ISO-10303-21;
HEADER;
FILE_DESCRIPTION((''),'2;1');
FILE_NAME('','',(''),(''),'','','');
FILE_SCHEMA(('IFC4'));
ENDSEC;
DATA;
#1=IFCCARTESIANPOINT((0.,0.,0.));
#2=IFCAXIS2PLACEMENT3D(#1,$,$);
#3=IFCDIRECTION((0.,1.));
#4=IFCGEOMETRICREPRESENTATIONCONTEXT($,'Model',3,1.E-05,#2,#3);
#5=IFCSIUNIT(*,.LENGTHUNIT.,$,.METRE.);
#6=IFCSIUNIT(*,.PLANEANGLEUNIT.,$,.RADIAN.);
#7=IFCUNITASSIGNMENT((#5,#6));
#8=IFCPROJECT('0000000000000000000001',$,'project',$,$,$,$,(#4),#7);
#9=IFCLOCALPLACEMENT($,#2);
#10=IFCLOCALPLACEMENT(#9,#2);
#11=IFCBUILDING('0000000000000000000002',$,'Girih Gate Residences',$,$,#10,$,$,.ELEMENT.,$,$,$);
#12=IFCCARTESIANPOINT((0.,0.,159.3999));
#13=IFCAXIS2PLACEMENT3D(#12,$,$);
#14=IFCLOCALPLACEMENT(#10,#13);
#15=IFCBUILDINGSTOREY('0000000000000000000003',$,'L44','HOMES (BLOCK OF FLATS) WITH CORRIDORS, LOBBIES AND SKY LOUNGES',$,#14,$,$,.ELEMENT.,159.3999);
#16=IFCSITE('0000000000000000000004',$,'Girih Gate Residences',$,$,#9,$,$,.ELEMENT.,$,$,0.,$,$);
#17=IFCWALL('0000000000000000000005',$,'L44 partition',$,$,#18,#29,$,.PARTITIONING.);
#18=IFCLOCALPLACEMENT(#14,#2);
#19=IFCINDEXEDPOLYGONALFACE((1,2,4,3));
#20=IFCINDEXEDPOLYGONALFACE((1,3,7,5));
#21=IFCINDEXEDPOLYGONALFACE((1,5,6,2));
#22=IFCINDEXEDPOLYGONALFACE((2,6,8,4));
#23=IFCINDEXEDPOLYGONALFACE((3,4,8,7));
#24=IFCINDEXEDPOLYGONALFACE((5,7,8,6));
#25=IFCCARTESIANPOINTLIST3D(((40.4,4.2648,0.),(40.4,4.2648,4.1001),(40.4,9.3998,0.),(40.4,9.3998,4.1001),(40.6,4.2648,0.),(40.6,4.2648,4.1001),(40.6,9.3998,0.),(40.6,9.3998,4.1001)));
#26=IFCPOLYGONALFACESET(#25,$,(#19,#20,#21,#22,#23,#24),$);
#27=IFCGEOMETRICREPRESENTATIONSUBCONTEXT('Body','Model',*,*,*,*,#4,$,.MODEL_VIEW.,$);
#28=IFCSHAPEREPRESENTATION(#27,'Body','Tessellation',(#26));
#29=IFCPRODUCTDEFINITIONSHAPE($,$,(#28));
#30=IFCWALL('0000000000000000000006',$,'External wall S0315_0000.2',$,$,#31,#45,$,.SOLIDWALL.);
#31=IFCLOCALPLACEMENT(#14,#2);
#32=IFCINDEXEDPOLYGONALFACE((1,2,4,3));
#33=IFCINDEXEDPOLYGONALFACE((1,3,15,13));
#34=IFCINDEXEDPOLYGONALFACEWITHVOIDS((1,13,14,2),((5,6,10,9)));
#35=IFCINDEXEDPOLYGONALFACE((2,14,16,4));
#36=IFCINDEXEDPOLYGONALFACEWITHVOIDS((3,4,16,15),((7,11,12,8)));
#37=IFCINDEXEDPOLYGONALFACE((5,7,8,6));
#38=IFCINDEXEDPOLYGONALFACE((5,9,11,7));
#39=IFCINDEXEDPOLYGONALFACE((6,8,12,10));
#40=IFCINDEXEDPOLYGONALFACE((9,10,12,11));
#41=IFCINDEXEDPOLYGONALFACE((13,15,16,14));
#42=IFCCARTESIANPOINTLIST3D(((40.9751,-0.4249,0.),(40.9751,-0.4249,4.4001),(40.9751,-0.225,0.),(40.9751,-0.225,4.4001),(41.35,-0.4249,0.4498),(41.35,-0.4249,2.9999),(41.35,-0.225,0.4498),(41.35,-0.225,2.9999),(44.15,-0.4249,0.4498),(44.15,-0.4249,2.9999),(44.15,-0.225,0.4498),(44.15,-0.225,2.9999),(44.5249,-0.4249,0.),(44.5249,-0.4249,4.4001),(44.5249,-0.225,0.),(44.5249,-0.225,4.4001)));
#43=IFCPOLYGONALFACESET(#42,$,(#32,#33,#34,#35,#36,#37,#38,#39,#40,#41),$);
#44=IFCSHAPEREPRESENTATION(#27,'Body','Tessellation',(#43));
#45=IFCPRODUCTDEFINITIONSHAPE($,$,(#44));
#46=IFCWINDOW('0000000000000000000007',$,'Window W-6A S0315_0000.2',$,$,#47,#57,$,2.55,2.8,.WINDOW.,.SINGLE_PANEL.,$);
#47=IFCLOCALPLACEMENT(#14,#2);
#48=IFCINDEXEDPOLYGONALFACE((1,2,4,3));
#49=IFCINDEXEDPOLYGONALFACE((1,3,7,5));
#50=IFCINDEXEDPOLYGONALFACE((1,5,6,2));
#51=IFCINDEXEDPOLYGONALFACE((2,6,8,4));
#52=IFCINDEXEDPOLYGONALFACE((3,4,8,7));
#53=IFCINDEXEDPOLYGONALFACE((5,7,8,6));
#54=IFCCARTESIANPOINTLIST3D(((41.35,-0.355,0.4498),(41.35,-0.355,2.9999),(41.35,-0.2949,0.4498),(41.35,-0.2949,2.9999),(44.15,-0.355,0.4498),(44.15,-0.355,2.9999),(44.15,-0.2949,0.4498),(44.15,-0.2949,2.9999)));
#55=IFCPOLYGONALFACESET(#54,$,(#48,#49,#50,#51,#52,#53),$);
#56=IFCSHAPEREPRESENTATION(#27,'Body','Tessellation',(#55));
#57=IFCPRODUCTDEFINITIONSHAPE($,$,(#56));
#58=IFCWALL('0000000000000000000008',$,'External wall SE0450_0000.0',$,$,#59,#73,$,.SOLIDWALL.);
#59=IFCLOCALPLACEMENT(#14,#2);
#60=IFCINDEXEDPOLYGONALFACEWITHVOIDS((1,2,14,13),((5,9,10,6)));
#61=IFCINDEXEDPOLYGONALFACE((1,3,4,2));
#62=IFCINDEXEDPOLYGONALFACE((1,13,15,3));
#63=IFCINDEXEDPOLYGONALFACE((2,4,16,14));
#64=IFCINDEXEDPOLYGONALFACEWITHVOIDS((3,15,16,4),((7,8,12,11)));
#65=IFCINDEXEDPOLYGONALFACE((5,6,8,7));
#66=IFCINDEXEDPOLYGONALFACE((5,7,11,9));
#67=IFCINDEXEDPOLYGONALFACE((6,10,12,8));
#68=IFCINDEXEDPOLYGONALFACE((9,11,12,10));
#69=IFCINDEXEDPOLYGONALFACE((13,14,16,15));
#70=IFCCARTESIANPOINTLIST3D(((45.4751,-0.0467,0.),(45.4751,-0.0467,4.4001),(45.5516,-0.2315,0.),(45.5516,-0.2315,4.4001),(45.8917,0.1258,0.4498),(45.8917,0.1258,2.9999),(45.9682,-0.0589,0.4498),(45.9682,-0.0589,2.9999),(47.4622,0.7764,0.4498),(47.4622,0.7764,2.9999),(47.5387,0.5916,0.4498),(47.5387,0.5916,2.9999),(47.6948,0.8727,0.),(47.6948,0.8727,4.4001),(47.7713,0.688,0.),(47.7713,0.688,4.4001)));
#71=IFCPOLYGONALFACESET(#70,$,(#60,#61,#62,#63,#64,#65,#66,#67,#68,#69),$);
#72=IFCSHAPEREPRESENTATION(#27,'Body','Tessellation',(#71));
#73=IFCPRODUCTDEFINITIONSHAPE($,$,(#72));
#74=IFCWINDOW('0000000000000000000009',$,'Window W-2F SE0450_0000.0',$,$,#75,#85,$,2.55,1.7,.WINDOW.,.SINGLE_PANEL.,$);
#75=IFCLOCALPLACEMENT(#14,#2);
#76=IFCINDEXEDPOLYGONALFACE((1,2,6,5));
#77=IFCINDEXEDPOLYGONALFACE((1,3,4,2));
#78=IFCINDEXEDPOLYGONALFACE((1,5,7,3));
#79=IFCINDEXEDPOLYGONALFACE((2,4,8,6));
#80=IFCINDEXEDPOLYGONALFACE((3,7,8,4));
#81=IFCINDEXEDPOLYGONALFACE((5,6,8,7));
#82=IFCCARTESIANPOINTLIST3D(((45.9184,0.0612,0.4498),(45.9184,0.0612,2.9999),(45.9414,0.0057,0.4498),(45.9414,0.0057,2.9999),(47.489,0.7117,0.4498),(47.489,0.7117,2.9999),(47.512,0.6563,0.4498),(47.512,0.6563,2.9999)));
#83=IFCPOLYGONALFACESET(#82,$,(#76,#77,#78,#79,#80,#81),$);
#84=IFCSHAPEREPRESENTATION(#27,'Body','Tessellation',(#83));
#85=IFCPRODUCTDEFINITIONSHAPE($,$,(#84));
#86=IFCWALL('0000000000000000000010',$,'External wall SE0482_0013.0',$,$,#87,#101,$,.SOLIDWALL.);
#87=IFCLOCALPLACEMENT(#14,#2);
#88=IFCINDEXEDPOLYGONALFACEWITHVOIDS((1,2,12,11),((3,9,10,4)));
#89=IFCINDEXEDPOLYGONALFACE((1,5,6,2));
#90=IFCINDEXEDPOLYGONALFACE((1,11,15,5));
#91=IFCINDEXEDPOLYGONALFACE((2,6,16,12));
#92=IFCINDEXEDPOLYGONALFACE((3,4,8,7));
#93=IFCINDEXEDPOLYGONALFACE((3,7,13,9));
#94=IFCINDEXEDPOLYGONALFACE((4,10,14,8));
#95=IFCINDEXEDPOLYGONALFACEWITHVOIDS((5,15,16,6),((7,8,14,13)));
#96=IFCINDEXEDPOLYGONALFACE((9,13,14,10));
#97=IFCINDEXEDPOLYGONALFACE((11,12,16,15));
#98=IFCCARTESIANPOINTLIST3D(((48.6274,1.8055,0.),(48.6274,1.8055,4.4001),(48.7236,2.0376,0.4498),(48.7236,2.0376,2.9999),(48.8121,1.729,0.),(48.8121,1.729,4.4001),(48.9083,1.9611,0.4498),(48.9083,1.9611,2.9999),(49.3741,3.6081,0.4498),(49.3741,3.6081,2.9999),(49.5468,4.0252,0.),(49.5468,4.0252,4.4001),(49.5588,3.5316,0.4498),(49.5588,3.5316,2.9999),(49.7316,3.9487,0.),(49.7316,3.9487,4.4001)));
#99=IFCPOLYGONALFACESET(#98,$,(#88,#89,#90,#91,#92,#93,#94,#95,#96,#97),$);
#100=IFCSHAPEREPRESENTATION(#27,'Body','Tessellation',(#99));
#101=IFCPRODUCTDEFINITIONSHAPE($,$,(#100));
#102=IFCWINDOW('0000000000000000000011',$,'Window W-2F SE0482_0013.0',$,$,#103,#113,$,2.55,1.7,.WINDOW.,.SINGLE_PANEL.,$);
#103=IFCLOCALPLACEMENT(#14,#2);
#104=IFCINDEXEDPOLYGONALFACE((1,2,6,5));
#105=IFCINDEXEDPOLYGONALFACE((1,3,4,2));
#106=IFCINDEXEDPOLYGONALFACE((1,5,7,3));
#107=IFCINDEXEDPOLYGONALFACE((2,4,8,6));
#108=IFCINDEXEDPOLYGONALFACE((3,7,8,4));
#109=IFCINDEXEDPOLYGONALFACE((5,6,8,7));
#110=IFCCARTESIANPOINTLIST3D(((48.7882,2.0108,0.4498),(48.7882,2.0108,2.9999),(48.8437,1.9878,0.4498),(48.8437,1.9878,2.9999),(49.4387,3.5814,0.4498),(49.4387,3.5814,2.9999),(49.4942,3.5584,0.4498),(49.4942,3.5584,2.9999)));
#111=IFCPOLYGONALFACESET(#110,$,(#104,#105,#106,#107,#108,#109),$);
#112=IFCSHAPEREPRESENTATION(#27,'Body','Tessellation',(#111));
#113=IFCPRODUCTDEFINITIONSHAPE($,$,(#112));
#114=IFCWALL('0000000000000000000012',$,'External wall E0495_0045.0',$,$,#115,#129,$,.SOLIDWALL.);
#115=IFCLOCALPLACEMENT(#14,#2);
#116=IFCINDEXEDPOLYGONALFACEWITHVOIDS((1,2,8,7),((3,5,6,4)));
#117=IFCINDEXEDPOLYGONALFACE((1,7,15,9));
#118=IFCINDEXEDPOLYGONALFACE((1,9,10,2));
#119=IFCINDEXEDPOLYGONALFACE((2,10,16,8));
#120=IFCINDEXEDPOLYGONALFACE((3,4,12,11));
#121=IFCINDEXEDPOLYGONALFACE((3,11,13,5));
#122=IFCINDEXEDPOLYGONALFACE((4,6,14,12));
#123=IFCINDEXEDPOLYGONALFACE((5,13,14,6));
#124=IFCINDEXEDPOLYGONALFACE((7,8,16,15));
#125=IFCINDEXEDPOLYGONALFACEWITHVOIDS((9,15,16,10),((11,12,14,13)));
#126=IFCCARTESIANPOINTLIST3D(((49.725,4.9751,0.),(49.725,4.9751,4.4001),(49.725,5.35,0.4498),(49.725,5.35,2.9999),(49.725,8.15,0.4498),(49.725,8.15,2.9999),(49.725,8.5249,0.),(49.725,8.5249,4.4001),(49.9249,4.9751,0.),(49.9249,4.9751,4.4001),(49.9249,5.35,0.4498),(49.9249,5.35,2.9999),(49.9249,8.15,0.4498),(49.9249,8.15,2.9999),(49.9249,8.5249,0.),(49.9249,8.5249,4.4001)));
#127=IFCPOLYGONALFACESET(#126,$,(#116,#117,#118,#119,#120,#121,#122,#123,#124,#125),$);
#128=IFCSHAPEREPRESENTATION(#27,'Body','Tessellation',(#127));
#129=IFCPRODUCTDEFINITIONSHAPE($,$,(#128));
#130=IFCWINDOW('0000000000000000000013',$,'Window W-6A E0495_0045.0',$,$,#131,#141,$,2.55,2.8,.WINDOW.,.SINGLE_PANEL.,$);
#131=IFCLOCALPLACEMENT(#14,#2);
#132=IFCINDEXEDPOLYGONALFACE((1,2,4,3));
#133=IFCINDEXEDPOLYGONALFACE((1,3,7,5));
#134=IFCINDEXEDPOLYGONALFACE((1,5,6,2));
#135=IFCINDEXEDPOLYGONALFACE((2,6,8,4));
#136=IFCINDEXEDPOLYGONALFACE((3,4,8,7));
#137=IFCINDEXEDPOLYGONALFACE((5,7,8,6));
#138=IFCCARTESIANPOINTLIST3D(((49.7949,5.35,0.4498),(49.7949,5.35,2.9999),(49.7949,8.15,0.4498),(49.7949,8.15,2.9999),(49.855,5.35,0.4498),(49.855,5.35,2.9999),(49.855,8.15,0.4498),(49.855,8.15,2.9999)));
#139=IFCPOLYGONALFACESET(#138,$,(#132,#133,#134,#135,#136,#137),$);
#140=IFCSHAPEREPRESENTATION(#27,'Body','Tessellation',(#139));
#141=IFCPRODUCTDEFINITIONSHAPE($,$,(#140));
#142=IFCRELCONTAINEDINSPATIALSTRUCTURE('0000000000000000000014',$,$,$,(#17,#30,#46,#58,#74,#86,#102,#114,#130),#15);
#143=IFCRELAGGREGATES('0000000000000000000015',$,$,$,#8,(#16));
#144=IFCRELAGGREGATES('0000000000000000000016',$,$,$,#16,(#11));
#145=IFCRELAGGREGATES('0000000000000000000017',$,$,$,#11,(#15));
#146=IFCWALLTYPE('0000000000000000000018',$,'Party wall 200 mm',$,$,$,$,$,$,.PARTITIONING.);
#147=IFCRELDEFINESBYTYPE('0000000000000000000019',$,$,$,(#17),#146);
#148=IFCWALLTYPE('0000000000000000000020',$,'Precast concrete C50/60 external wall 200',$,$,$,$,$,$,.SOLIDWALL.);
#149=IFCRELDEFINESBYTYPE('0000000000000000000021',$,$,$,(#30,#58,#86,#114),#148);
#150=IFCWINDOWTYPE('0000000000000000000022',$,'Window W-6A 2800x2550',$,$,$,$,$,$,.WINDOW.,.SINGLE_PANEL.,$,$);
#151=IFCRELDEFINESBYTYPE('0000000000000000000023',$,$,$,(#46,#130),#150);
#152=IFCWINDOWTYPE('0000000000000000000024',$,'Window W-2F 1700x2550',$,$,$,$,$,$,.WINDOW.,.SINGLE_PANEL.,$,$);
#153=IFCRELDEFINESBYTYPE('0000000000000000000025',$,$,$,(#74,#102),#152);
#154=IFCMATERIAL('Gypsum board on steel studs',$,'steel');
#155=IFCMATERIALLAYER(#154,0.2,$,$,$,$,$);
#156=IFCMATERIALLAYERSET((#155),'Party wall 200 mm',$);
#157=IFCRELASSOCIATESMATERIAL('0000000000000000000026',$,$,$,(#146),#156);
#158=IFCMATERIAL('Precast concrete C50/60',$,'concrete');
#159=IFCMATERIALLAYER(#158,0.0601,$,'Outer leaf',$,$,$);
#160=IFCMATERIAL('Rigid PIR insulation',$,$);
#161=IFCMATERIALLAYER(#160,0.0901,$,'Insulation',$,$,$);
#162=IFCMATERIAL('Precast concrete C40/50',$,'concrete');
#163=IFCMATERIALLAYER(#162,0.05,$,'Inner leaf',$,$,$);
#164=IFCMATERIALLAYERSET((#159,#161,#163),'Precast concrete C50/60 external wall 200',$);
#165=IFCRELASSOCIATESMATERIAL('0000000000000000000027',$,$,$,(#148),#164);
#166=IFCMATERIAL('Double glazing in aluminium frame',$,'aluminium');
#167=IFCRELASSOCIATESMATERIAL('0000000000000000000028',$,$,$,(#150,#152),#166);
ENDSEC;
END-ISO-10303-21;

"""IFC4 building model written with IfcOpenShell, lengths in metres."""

from ifc_helpers import new_model, si_unit, direction, frame, frame_2d, origin, place, context, subcontext, project, spatial, rectangle, extrude, material, layer, layer_set, type_object, element, fill, save


model = new_model("IFC4")

# Units and contexts
model_context = context("Model", 3, precision=1e-05, world=origin(), true_north=direction((0.0, 1.0)))
body_context = subcontext(model_context, "Body", "Model", "MODEL_VIEW")
ifc_project = project(units=[si_unit("LENGTHUNIT", "METRE"), si_unit("PLANEANGLEUNIT", "RADIAN")], contexts=[model_context])

# Site, building, storey
site_placement = place(None, origin())
site = spatial("IfcSite", under=ifc_project, at=site_placement, Name="Girih Gate Residences", CompositionType="ELEMENT", RefElevation=0.0)
building_placement = place(site_placement, origin())
building = spatial("IfcBuilding", under=site, at=building_placement, Name="Girih Gate Residences", CompositionType="ELEMENT")
storey_placement = place(building_placement, frame((0.0, 0.0, 159.3999)))
storey = spatial("IfcBuildingStorey", under=building, at=storey_placement, Name="L44", Description="HOMES (BLOCK OF FLATS) WITH CORRIDORS, LOBBIES AND SKY LOUNGES", CompositionType="ELEMENT", Elevation=159.3999)

# Shared definitions
ifc_material_1 = material(Name="Gypsum board on steel studs", Category="steel")

# Wall
ifc_layer_1 = layer(ifc_material_1, 0.2)
ifc_layer_set_1 = layer_set([ifc_layer_1], Name="Party wall 200 mm")
wall_type_1 = type_object("IfcWallType", Name="Party wall 200 mm", PredefinedType="PARTITIONING", material=ifc_layer_set_1)
wall_1_placement = place(storey_placement, frame((40.5, 4.2649, 0.0), z_axis=(0.0, 0.0, 1.0), x_axis=(0.0, 1.0, 0.0)))
element("IfcWall", 1, at=wall_1_placement, inside=storey, type_object=wall_type_1, Name="L44 partition", PredefinedType="PARTITIONING", context=body_context, shape_type="SweptSolid", body=[
    extrude(rectangle(XDim=5.135, YDim=0.2, at=frame_2d((2.5674, 0.0))), origin(), (0.0, 0.0, 1.0), 4.1001),
])

# Walls, openings, windows
ifc_material_2 = material(Name="Precast concrete C50/60", Category="concrete")
ifc_layer_2 = layer(ifc_material_2, 0.0601, Name="Outer leaf")
ifc_material_3 = material(Name="Rigid PIR insulation")
ifc_layer_3 = layer(ifc_material_3, 0.0901, Name="Insulation")
ifc_material_4 = material(Name="Precast concrete C40/50", Category="concrete")
ifc_layer_4 = layer(ifc_material_4, 0.05, Name="Inner leaf")
ifc_layer_set_2 = layer_set([ifc_layer_2, ifc_layer_3, ifc_layer_4], Name="Precast concrete C50/60 external wall 200")
wall_type_2 = type_object("IfcWallType", Name="Precast concrete C50/60 external wall 200", PredefinedType="SOLIDWALL", material=ifc_layer_set_2)
wall_2_placement = place(storey_placement, frame((44.5249, -0.325, 0.0), z_axis=(0.0, 0.0, 1.0), x_axis=(-1.0, 0.0, 0.0)))
wall_2 = element("IfcWall", 2, at=wall_2_placement, inside=storey, type_object=wall_type_2, Name="External wall S0315_0000.2", PredefinedType="SOLIDWALL", context=body_context, shape_type="SweptSolid", body=[
    extrude(rectangle(XDim=3.5498, YDim=0.2, at=frame_2d((1.7749, 0.0))), origin(), (0.0, 0.0, 1.0), 4.4001),
])
opening_1_placement = place(wall_2_placement, frame((0.375, 0.0, 0.45)))
opening_1 = element("IfcOpeningElement", 3, at=opening_1_placement, cuts=wall_2, PredefinedType="OPENING", context=body_context, shape_type="SweptSolid", body=[
    extrude(rectangle(XDim=2.8, YDim=2.55, at=frame_2d((1.3999, 1.2749))), frame((0.0, 0.1099, 0.0), z_axis=(0.0, -1.0, 0.0), x_axis=(1.0, 0.0, 0.0)), (0.0, 0.0, 1.0), 0.22),
])
ifc_material_5 = material(Name="Double glazing in aluminium frame", Category="aluminium")
window_type_1 = type_object("IfcWindowType", Name="Window W-6A 2800x2550", PartitioningType="SINGLE_PANEL", PredefinedType="WINDOW", material=ifc_material_5)
window_1_placement = place(opening_1_placement, origin())
window_1 = element("IfcWindow", 4, at=window_1_placement, inside=storey, type_object=window_type_1, Name="Window W-6A S0315_0000.2", OverallHeight=2.55, OverallWidth=2.8, PartitioningType="SINGLE_PANEL", PredefinedType="WINDOW", context=body_context, shape_type="SweptSolid", body=[
    extrude(rectangle(XDim=2.8, YDim=2.55, at=frame_2d((1.3999, 1.2749))), frame((0.0, 0.03, 0.0), z_axis=(0.0, -1.0, 0.0), x_axis=(1.0, 0.0, 0.0)), (0.0, 0.0, 1.0), 0.0601),
])
fill(opening_1, window_1)
wall_3_placement = place(storey_placement, frame((47.7329, 0.7803, 0.0), z_axis=(0.0, 0.0, 1.0), x_axis=(-0.923881, -0.382681, 0.0)))
wall_3 = element("IfcWall", 5, at=wall_3_placement, inside=storey, type_object=wall_type_2, Name="External wall SE0450_0000.0", PredefinedType="SOLIDWALL", context=body_context, shape_type="SweptSolid", body=[
    extrude(rectangle(XDim=2.4026, YDim=0.2, at=frame_2d((1.2012, 0.0))), origin(), (0.0, 0.0, 1.0), 4.4001),
])
opening_2_placement = place(wall_3_placement, frame((0.2515, 0.0, 0.45)))
opening_2 = element("IfcOpeningElement", 6, at=opening_2_placement, cuts=wall_3, PredefinedType="OPENING", context=body_context, shape_type="SweptSolid", body=[
    extrude(rectangle(XDim=1.7, YDim=2.55, at=frame_2d((0.8501, 1.2749))), frame((0.0, 0.1099, 0.0), z_axis=(0.0, -1.0, 0.0), x_axis=(1.0, 0.0, 0.0)), (0.0, 0.0, 1.0), 0.22),
])
window_type_2 = type_object("IfcWindowType", Name="Window W-2F 1700x2550", PartitioningType="SINGLE_PANEL", PredefinedType="WINDOW", material=ifc_material_5)
window_2_placement = place(opening_2_placement, origin())
window_2 = element("IfcWindow", 7, at=window_2_placement, inside=storey, type_object=window_type_2, Name="Window W-2F SE0450_0000.0", OverallHeight=2.55, OverallWidth=1.7, PartitioningType="SINGLE_PANEL", PredefinedType="WINDOW", context=body_context, shape_type="SweptSolid", body=[
    extrude(rectangle(XDim=1.7, YDim=2.55, at=frame_2d((0.8501, 1.2749))), frame((0.0, 0.03, 0.0), z_axis=(0.0, -1.0, 0.0), x_axis=(1.0, 0.0, 0.0)), (0.0, 0.0, 1.0), 0.0601),
])
fill(opening_2, window_2)
wall_4_placement = place(storey_placement, frame((49.6392, 3.9868, 0.0), z_axis=(0.0, 0.0, 1.0), x_axis=(-0.382681, -0.923881, 0.0)))
wall_4 = element("IfcWall", 8, at=wall_4_placement, inside=storey, type_object=wall_type_2, Name="External wall SE0482_0013.0", PredefinedType="SOLIDWALL", context=body_context, shape_type="SweptSolid", body=[
    extrude(rectangle(XDim=2.4026, YDim=0.2, at=frame_2d((1.2012, 0.0))), origin(), (0.0, 0.0, 1.0), 4.4001),
])
opening_3_placement = place(wall_4_placement, frame((0.4512, 0.0, 0.45)))
opening_3 = element("IfcOpeningElement", 9, at=opening_3_placement, cuts=wall_4, PredefinedType="OPENING", context=body_context, shape_type="SweptSolid", body=[
    extrude(rectangle(XDim=1.7, YDim=2.55, at=frame_2d((0.8501, 1.2749))), frame((0.0, 0.1099, 0.0), z_axis=(0.0, -1.0, 0.0), x_axis=(1.0, 0.0, 0.0)), (0.0, 0.0, 1.0), 0.22),
])
window_3_placement = place(opening_3_placement, origin())
window_3 = element("IfcWindow", 10, at=window_3_placement, inside=storey, type_object=window_type_2, Name="Window W-2F SE0482_0013.0", OverallHeight=2.55, OverallWidth=1.7, PartitioningType="SINGLE_PANEL", PredefinedType="WINDOW", context=body_context, shape_type="SweptSolid", body=[
    extrude(rectangle(XDim=1.7, YDim=2.55, at=frame_2d((0.8501, 1.2749))), frame((0.0, 0.03, 0.0), z_axis=(0.0, -1.0, 0.0), x_axis=(1.0, 0.0, 0.0)), (0.0, 0.0, 1.0), 0.0601),
])
fill(opening_3, window_3)
wall_5_placement = place(storey_placement, frame((49.825, 8.5249, 0.0), z_axis=(0.0, 0.0, 1.0), x_axis=(0.0, -1.0, 0.0)))
wall_5 = element("IfcWall", 11, at=wall_5_placement, inside=storey, type_object=wall_type_2, Name="External wall E0495_0045.0", PredefinedType="SOLIDWALL", context=body_context, shape_type="SweptSolid", body=[
    extrude(rectangle(XDim=3.5498, YDim=0.2, at=frame_2d((1.7749, 0.0))), origin(), (0.0, 0.0, 1.0), 4.4001),
])
opening_4_placement = place(wall_5_placement, frame((0.375, 0.0, 0.45)))
opening_4 = element("IfcOpeningElement", 12, at=opening_4_placement, cuts=wall_5, PredefinedType="OPENING", context=body_context, shape_type="SweptSolid", body=[
    extrude(rectangle(XDim=2.8, YDim=2.55, at=frame_2d((1.3999, 1.2749))), frame((0.0, 0.1099, 0.0), z_axis=(0.0, -1.0, 0.0), x_axis=(1.0, 0.0, 0.0)), (0.0, 0.0, 1.0), 0.22),
])
window_4_placement = place(opening_4_placement, origin())
window_4 = element("IfcWindow", 13, at=window_4_placement, inside=storey, type_object=window_type_1, Name="Window W-6A E0495_0045.0", OverallHeight=2.55, OverallWidth=2.8, PartitioningType="SINGLE_PANEL", PredefinedType="WINDOW", context=body_context, shape_type="SweptSolid", body=[
    extrude(rectangle(XDim=2.8, YDim=2.55, at=frame_2d((1.3999, 1.2749))), frame((0.0, 0.03, 0.0), z_axis=(0.0, -1.0, 0.0), x_axis=(1.0, 0.0, 0.0)), (0.0, 0.0, 1.0), 0.0601),
])
fill(opening_4, window_4)

save(model, "model.ifc")
